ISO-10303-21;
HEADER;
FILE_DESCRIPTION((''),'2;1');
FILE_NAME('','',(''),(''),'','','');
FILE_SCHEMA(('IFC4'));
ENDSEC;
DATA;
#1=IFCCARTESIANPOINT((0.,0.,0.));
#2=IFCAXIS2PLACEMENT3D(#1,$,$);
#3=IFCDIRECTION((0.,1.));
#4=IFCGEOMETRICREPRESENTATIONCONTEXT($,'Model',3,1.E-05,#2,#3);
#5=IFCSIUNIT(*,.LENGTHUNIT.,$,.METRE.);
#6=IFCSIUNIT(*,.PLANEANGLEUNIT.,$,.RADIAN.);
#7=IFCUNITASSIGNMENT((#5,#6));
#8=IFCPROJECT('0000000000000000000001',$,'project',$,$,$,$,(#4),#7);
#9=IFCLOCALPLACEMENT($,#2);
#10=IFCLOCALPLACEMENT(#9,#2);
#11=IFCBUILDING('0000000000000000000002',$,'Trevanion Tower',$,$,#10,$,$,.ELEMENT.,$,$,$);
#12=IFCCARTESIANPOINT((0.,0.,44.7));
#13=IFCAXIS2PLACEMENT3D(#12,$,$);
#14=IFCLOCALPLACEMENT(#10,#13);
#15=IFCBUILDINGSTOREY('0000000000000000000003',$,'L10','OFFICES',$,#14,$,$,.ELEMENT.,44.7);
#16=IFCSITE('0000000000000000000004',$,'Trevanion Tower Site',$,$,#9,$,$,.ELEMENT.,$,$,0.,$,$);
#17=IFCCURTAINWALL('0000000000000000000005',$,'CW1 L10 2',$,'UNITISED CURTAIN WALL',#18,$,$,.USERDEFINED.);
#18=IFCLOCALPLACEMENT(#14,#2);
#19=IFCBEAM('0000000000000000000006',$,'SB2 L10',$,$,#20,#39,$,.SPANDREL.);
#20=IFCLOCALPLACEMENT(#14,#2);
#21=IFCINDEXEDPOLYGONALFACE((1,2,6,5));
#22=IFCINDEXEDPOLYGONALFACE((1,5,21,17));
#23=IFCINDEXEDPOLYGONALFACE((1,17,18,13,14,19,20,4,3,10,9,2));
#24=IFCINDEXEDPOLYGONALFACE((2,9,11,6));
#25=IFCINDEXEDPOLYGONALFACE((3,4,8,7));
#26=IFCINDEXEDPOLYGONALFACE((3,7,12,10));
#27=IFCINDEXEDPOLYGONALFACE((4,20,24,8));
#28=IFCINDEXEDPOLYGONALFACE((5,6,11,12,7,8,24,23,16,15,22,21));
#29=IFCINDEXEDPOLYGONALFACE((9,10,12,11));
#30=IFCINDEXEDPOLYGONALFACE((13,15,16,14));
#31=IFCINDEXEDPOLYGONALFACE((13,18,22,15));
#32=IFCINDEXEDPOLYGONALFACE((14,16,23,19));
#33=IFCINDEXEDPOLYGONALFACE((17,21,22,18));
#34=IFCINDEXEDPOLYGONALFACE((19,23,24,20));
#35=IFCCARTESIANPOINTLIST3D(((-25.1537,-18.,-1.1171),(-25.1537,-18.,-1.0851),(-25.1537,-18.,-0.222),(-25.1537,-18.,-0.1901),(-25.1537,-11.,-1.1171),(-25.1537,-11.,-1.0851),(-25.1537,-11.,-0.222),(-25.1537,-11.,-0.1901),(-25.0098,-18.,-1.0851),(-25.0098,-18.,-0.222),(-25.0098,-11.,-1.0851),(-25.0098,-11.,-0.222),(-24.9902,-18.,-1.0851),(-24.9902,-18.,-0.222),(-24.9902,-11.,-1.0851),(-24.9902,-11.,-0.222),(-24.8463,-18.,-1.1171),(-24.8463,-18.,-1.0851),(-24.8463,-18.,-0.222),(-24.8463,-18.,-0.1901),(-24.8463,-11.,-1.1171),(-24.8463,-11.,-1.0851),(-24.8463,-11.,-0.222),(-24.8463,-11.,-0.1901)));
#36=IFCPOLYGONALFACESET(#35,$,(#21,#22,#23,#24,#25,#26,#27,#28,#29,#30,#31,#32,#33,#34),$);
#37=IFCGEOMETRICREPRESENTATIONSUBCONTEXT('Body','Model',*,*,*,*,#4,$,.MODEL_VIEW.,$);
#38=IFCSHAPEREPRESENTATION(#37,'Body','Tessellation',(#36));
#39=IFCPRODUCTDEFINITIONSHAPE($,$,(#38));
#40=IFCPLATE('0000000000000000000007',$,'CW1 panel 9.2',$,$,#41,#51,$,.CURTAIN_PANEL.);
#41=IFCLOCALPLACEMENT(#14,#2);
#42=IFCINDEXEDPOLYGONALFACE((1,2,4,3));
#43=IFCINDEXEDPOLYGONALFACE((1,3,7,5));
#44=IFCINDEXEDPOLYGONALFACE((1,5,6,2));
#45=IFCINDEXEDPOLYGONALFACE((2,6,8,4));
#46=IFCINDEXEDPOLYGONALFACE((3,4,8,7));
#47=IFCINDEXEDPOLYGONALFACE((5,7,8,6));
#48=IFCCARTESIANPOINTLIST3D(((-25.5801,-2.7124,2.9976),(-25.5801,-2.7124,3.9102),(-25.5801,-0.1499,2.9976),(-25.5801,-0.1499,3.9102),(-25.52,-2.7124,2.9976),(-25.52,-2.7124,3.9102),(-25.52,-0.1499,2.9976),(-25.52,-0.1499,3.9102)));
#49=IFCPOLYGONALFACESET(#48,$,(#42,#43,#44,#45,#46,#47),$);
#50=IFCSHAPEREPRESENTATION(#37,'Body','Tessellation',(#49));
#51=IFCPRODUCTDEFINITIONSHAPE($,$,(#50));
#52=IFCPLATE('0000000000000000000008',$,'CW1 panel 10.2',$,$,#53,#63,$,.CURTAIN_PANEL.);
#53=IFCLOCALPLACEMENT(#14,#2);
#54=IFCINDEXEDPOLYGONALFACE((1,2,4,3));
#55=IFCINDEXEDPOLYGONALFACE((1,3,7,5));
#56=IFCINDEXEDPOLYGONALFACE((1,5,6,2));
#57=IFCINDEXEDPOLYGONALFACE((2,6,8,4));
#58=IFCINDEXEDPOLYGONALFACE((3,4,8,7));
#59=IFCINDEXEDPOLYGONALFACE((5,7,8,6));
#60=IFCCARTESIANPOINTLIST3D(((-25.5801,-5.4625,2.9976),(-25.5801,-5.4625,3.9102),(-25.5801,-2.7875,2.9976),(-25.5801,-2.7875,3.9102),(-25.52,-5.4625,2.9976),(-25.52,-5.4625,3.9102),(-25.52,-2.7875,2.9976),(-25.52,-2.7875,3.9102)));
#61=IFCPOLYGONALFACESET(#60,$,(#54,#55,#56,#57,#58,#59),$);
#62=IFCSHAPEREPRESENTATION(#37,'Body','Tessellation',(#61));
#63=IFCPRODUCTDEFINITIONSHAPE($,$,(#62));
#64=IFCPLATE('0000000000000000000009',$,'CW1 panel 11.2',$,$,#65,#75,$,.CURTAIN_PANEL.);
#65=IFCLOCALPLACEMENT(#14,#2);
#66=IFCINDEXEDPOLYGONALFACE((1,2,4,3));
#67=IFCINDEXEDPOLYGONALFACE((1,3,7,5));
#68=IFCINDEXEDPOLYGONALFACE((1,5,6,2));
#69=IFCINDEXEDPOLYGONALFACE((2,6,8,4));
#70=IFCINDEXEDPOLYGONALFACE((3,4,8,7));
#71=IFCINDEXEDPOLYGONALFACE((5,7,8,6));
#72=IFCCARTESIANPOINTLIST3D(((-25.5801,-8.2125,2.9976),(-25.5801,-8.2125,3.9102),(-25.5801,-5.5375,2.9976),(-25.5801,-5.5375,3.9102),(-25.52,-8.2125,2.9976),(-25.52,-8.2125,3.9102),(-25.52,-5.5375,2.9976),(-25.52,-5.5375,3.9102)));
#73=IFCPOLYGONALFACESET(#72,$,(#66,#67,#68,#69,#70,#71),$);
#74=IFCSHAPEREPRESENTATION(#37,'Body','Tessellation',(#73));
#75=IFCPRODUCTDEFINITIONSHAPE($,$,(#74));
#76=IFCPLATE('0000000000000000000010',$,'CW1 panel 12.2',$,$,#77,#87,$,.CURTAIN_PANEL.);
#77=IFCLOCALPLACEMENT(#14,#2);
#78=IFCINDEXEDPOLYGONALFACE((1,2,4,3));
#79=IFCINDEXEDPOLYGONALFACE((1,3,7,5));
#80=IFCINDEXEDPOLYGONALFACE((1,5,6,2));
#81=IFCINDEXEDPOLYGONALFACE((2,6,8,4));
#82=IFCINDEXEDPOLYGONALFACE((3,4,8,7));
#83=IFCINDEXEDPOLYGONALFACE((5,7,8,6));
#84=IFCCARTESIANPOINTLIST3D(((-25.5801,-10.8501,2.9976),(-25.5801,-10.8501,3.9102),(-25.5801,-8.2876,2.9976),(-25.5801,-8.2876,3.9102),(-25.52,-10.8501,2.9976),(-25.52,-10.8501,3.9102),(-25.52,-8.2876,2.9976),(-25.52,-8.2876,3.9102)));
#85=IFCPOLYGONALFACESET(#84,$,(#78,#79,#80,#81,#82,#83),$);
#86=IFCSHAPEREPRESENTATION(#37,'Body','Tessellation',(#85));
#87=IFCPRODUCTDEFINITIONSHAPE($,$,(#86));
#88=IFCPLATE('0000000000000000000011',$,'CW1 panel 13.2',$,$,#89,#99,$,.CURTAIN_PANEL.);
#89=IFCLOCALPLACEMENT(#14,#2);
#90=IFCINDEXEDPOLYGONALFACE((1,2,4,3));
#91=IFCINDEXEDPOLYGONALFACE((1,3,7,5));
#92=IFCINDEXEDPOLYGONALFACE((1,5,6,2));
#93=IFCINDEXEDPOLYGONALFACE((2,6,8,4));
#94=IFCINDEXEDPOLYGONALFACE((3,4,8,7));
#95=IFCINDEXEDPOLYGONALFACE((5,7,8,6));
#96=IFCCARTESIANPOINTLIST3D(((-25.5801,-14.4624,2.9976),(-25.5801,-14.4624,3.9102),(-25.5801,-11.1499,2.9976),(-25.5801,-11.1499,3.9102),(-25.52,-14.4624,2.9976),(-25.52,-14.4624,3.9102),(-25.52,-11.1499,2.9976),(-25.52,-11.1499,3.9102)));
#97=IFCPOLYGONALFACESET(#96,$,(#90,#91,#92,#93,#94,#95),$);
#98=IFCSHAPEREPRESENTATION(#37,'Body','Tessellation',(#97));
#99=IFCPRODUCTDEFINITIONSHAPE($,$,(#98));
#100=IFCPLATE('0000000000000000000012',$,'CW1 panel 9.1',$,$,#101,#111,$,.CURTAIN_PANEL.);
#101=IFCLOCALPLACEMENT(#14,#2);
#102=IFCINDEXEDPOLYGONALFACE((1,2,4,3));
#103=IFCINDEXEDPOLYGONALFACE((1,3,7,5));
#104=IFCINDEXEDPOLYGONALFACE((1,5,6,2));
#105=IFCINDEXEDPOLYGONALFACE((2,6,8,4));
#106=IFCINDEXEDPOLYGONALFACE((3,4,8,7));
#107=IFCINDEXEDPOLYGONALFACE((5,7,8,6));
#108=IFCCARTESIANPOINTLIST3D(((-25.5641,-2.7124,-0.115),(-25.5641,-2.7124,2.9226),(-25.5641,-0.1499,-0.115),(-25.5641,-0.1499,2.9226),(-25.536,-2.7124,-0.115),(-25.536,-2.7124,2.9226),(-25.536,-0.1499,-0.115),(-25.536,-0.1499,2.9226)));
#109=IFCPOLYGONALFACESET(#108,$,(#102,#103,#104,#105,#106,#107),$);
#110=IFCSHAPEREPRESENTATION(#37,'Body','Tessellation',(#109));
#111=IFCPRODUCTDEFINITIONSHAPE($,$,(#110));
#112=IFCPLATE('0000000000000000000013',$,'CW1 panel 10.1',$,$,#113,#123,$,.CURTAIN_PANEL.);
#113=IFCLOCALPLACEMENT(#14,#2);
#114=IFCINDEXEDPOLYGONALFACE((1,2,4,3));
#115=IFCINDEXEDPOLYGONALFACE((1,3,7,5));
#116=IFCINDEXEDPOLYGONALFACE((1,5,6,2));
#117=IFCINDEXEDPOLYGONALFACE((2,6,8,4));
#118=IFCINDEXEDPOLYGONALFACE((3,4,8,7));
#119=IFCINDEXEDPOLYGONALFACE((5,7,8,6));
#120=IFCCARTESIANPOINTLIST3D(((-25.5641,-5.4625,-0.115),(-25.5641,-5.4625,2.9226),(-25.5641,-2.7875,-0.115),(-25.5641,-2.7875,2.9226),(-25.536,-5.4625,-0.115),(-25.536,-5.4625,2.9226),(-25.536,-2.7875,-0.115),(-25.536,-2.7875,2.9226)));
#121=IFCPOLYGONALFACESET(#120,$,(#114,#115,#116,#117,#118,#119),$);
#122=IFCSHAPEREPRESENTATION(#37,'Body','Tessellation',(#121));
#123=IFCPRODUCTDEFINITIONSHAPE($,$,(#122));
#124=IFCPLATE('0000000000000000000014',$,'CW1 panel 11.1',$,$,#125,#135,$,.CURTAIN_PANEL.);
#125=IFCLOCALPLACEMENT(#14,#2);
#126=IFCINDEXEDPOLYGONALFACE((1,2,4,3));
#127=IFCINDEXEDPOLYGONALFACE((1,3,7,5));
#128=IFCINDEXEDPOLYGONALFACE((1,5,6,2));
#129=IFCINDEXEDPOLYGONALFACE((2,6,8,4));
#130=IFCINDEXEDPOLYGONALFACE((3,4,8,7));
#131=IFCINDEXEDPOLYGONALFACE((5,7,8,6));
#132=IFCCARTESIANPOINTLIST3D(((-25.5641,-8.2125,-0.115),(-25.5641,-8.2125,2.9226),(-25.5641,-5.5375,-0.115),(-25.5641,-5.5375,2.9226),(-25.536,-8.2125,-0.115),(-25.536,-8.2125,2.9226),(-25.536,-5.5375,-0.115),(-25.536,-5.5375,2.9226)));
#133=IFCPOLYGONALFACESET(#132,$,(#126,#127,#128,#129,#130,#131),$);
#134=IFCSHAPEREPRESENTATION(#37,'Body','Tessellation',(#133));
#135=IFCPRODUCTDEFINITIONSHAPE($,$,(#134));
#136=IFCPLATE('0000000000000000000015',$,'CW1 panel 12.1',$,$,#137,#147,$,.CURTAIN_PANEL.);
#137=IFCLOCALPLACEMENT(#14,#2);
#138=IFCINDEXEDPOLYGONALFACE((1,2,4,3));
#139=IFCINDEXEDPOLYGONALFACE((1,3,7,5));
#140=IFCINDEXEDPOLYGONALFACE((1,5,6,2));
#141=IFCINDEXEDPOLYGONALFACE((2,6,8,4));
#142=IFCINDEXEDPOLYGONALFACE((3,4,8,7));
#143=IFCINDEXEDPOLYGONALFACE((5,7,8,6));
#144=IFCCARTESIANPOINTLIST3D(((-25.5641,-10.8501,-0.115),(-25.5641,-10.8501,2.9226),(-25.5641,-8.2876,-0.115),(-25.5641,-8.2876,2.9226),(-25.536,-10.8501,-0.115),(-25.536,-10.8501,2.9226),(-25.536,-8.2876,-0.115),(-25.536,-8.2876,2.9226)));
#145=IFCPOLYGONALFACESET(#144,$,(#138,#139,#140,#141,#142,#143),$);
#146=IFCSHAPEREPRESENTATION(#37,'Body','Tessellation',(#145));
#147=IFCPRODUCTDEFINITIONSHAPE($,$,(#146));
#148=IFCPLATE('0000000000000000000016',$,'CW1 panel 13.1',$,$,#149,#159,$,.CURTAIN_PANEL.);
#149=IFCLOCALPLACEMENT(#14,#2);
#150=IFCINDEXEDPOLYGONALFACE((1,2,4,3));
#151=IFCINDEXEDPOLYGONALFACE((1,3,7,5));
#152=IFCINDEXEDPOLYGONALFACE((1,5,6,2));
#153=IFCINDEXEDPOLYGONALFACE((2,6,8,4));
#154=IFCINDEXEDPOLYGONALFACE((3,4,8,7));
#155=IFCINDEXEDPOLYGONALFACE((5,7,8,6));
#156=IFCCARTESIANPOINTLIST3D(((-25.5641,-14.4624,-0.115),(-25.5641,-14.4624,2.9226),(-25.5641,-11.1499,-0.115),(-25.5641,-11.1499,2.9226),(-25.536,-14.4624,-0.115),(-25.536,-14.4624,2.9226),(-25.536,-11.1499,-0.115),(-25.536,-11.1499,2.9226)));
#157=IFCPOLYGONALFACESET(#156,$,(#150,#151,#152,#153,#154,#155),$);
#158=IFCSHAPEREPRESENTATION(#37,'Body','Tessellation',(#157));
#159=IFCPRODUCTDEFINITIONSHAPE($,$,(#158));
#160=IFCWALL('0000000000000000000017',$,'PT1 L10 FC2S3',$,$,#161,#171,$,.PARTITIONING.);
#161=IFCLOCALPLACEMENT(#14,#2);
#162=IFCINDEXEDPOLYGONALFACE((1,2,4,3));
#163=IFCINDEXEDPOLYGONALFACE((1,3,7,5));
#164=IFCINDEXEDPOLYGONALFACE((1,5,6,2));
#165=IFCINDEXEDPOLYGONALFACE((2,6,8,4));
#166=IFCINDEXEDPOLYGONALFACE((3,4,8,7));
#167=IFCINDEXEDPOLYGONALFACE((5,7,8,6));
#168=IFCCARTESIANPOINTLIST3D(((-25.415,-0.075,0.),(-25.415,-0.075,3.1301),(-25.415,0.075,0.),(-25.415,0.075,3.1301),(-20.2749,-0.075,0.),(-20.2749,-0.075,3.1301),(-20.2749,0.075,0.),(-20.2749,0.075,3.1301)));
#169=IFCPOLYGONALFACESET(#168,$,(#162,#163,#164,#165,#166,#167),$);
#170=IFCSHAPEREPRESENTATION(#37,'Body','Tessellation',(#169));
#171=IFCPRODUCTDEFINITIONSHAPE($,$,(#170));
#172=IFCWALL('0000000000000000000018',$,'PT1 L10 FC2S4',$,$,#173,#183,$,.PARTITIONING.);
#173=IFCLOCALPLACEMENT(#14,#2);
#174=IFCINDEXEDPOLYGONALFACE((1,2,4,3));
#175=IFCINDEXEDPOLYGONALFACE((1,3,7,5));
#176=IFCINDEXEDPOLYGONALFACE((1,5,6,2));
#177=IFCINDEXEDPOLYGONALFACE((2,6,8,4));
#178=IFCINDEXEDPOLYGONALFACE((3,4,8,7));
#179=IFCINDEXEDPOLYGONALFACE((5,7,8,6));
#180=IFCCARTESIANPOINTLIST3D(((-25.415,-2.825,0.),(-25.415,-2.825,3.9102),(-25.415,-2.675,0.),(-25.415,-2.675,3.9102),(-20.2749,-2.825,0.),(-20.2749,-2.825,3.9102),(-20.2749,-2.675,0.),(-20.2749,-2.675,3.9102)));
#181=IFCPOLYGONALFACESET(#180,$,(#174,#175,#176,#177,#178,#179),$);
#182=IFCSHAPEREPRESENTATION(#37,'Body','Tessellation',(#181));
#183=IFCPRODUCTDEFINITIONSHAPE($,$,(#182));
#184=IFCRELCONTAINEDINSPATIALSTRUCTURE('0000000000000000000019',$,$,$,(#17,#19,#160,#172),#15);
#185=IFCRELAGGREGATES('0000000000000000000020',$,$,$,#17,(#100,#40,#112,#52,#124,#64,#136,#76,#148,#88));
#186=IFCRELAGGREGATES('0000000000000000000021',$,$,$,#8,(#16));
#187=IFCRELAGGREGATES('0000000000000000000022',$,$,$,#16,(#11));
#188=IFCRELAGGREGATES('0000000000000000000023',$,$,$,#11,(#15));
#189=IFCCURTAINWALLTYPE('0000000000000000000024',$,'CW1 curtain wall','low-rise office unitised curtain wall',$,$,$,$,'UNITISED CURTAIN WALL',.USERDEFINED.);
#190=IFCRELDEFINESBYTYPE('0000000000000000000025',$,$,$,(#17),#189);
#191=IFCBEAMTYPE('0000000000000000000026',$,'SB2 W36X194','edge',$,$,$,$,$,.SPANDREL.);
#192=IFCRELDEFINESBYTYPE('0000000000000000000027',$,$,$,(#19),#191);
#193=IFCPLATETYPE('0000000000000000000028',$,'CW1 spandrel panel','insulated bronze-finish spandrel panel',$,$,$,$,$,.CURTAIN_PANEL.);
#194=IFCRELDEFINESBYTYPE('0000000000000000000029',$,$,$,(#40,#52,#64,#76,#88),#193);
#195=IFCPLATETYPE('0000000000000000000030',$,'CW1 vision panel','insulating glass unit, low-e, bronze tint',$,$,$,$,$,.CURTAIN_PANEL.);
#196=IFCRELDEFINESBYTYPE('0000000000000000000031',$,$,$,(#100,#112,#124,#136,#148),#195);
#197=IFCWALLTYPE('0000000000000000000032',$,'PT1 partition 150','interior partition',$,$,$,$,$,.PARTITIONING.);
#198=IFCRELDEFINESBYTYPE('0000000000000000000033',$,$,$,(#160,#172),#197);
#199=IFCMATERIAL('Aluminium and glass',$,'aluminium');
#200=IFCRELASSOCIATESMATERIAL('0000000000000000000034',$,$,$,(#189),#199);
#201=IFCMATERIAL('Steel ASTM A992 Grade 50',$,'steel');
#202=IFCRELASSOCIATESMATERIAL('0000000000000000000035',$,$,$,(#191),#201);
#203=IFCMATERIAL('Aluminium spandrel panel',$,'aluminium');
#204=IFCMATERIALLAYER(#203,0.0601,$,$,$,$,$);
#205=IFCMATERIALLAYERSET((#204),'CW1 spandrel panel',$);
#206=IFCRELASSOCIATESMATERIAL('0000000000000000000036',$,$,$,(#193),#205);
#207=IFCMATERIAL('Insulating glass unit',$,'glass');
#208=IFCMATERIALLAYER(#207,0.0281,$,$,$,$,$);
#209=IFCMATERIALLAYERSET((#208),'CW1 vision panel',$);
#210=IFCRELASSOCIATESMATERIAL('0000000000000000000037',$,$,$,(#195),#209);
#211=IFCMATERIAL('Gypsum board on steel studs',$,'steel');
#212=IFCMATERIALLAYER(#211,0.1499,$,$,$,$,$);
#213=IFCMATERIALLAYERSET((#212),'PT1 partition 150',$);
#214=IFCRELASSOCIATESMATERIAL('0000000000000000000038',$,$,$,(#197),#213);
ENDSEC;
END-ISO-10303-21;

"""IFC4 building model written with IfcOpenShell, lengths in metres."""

from ifc_helpers import new_model, si_unit, direction, frame, frame_2d, origin, origin_2d, place, context, subcontext, project, spatial, rectangle, i_section, extrude, material, layer, layer_set, material_profile, profile_set, type_object, element, aggregate, save


model = new_model("IFC4")

# Units and contexts
model_context = context("Model", 3, precision=1e-05, world=origin(), true_north=direction((0.0, 1.0)))
body_context = subcontext(model_context, "Body", "Model", "MODEL_VIEW")
ifc_project = project(units=[si_unit("LENGTHUNIT", "METRE"), si_unit("PLANEANGLEUNIT", "RADIAN")], contexts=[model_context])

# Site, building, storey
site_placement = place(None, origin())
site = spatial("IfcSite", under=ifc_project, at=site_placement, Name="Trevanion Tower Site", CompositionType="ELEMENT", RefElevation=0.0)
building_placement = place(site_placement, origin())
building = spatial("IfcBuilding", under=site, at=building_placement, Name="Trevanion Tower", CompositionType="ELEMENT")
storey_placement = place(building_placement, frame((0.0, 0.0, 44.7)))
storey = spatial("IfcBuildingStorey", under=building, at=storey_placement, Name="L10", Description="OFFICES", CompositionType="ELEMENT", Elevation=44.7)

# Curtain wall
ifc_material_1 = material(Name="Aluminium and glass", Category="aluminium")
curtain_wall_type = type_object("IfcCurtainWallType", Name="CW1 curtain wall", Description="low-rise office unitised curtain wall", ElementType="UNITISED CURTAIN WALL", PredefinedType="USERDEFINED", material=ifc_material_1)
curtain_wall_placement = place(storey_placement, origin())
curtain_wall = element("IfcCurtainWall", 1, at=curtain_wall_placement, inside=storey, type_object=curtain_wall_type, Name="CW1 L10 2", ObjectType="UNITISED CURTAIN WALL", PredefinedType="USERDEFINED")

# Beam
ifc_material_2 = material(Name="Steel ASTM A992 Grade 50", Category="steel")
ifc_material_profile_1 = material_profile(ifc_material_2, i_section(OverallWidth=0.3074, OverallDepth=0.927, WebThickness=0.0195, FlangeThickness=0.032, at=origin_2d()), Name="W36X194")
ifc_profile_set_1 = profile_set([ifc_material_profile_1], Name="Steel ASTM A992 Grade 50")
beam_type_1 = type_object("IfcBeamType", Name="SB2 W36X194", Description="edge", PredefinedType="SPANDREL", material=ifc_profile_set_1)
beam_1_placement = place(storey_placement, frame((-25.0, -11.0, -0.6536), z_axis=(0.0, -1.0, 0.0), x_axis=(1.0, 0.0, 0.0)))
element("IfcBeam", 2, at=beam_1_placement, inside=storey, type_object=beam_type_1, Name="SB2 L10", PredefinedType="SPANDREL", context=body_context, shape_type="SweptSolid", body=[
    extrude(i_section(OverallWidth=0.3074, OverallDepth=0.927, WebThickness=0.0195, FlangeThickness=0.032, at=origin_2d()), origin(), (0.0, 0.0, 1.0), 7.0),
])

# Plates
ifc_material_3 = material(Name="Aluminium spandrel panel", Category="aluminium")
ifc_layer_1 = layer(ifc_material_3, 0.0601)
ifc_layer_set_1 = layer_set([ifc_layer_1], Name="CW1 spandrel panel")
plate_type_1 = type_object("IfcPlateType", Name="CW1 spandrel panel", Description="insulated bronze-finish spandrel panel", PredefinedType="CURTAIN_PANEL", material=ifc_layer_set_1)
plate_1_placement = place(storey_placement, frame((-25.55, -1.4312, 2.9976), z_axis=(0.0, 0.0, 1.0), x_axis=(0.0, -1.0, 0.0)))
plate_1 = element("IfcPlate", 3, at=plate_1_placement, type_object=plate_type_1, Name="CW1 panel 9.2", PredefinedType="CURTAIN_PANEL", context=body_context, shape_type="SweptSolid", body=[
    extrude(rectangle(XDim=2.5625, YDim=0.0601, at=origin_2d()), origin(), (0.0, 0.0, 1.0), 0.9126),
])
plate_2_placement = place(storey_placement, frame((-25.55, -4.125, 2.9976), z_axis=(0.0, 0.0, 1.0), x_axis=(0.0, -1.0, 0.0)))
plate_2 = element("IfcPlate", 4, at=plate_2_placement, type_object=plate_type_1, Name="CW1 panel 10.2", PredefinedType="CURTAIN_PANEL", context=body_context, shape_type="SweptSolid", body=[
    extrude(rectangle(XDim=2.675, YDim=0.0601, at=origin_2d()), origin(), (0.0, 0.0, 1.0), 0.9126),
])
plate_3_placement = place(storey_placement, frame((-25.55, -6.875, 2.9976), z_axis=(0.0, 0.0, 1.0), x_axis=(0.0, -1.0, 0.0)))
plate_3 = element("IfcPlate", 5, at=plate_3_placement, type_object=plate_type_1, Name="CW1 panel 11.2", PredefinedType="CURTAIN_PANEL", context=body_context, shape_type="SweptSolid", body=[
    extrude(rectangle(XDim=2.675, YDim=0.0601, at=origin_2d()), origin(), (0.0, 0.0, 1.0), 0.9126),
])
plate_4_placement = place(storey_placement, frame((-25.55, -9.5688, 2.9976), z_axis=(0.0, 0.0, 1.0), x_axis=(0.0, -1.0, 0.0)))
plate_4 = element("IfcPlate", 6, at=plate_4_placement, type_object=plate_type_1, Name="CW1 panel 12.2", PredefinedType="CURTAIN_PANEL", context=body_context, shape_type="SweptSolid", body=[
    extrude(rectangle(XDim=2.5625, YDim=0.0601, at=origin_2d()), origin(), (0.0, 0.0, 1.0), 0.9126),
])
plate_5_placement = place(storey_placement, frame((-25.55, -12.8062, 2.9976), z_axis=(0.0, 0.0, 1.0), x_axis=(0.0, -1.0, 0.0)))
plate_5 = element("IfcPlate", 7, at=plate_5_placement, type_object=plate_type_1, Name="CW1 panel 13.2", PredefinedType="CURTAIN_PANEL", context=body_context, shape_type="SweptSolid", body=[
    extrude(rectangle(XDim=3.3125, YDim=0.0601, at=origin_2d()), origin(), (0.0, 0.0, 1.0), 0.9126),
])
ifc_material_4 = material(Name="Insulating glass unit", Category="glass")
ifc_layer_2 = layer(ifc_material_4, 0.0281)
ifc_layer_set_2 = layer_set([ifc_layer_2], Name="CW1 vision panel")
plate_type_2 = type_object("IfcPlateType", Name="CW1 vision panel", Description="insulating glass unit, low-e, bronze tint", PredefinedType="CURTAIN_PANEL", material=ifc_layer_set_2)
plate_6_placement = place(storey_placement, frame((-25.55, -1.4312, -0.115), z_axis=(0.0, 0.0, 1.0), x_axis=(0.0, -1.0, 0.0)))
plate_6 = element("IfcPlate", 8, at=plate_6_placement, type_object=plate_type_2, Name="CW1 panel 9.1", PredefinedType="CURTAIN_PANEL", context=body_context, shape_type="SweptSolid", body=[
    extrude(rectangle(XDim=2.5625, YDim=0.0281, at=origin_2d()), origin(), (0.0, 0.0, 1.0), 3.0376),
])
plate_7_placement = place(storey_placement, frame((-25.55, -4.125, -0.115), z_axis=(0.0, 0.0, 1.0), x_axis=(0.0, -1.0, 0.0)))
plate_7 = element("IfcPlate", 9, at=plate_7_placement, type_object=plate_type_2, Name="CW1 panel 10.1", PredefinedType="CURTAIN_PANEL", context=body_context, shape_type="SweptSolid", body=[
    extrude(rectangle(XDim=2.675, YDim=0.0281, at=origin_2d()), origin(), (0.0, 0.0, 1.0), 3.0376),
])
plate_8_placement = place(storey_placement, frame((-25.55, -6.875, -0.115), z_axis=(0.0, 0.0, 1.0), x_axis=(0.0, -1.0, 0.0)))
plate_8 = element("IfcPlate", 10, at=plate_8_placement, type_object=plate_type_2, Name="CW1 panel 11.1", PredefinedType="CURTAIN_PANEL", context=body_context, shape_type="SweptSolid", body=[
    extrude(rectangle(XDim=2.675, YDim=0.0281, at=origin_2d()), origin(), (0.0, 0.0, 1.0), 3.0376),
])
plate_9_placement = place(storey_placement, frame((-25.55, -9.5688, -0.115), z_axis=(0.0, 0.0, 1.0), x_axis=(0.0, -1.0, 0.0)))
plate_9 = element("IfcPlate", 11, at=plate_9_placement, type_object=plate_type_2, Name="CW1 panel 12.1", PredefinedType="CURTAIN_PANEL", context=body_context, shape_type="SweptSolid", body=[
    extrude(rectangle(XDim=2.5625, YDim=0.0281, at=origin_2d()), origin(), (0.0, 0.0, 1.0), 3.0376),
])
plate_10_placement = place(storey_placement, frame((-25.55, -12.8062, -0.115), z_axis=(0.0, 0.0, 1.0), x_axis=(0.0, -1.0, 0.0)))
plate_10 = element("IfcPlate", 12, at=plate_10_placement, type_object=plate_type_2, Name="CW1 panel 13.1", PredefinedType="CURTAIN_PANEL", context=body_context, shape_type="SweptSolid", body=[
    extrude(rectangle(XDim=3.3125, YDim=0.0281, at=origin_2d()), origin(), (0.0, 0.0, 1.0), 3.0376),
])
aggregate(curtain_wall, [plate_6, plate_1, plate_7, plate_2, plate_8, plate_3, plate_9, plate_4, plate_10, plate_5])

# Walls
ifc_material_5 = material(Name="Gypsum board on steel studs", Category="steel")
ifc_layer_3 = layer(ifc_material_5, 0.1499)
ifc_layer_set_3 = layer_set([ifc_layer_3], Name="PT1 partition 150")
wall_type_1 = type_object("IfcWallType", Name="PT1 partition 150", Description="interior partition", PredefinedType="PARTITIONING", material=ifc_layer_set_3)
wall_1_placement = place(storey_placement, frame((-20.2749, 0.0, 0.0), z_axis=(0.0, 0.0, 1.0), x_axis=(-1.0, 0.0, 0.0)))
element("IfcWall", 13, at=wall_1_placement, inside=storey, type_object=wall_type_1, Name="PT1 L10 FC2S3", PredefinedType="PARTITIONING", context=body_context, shape_type="SweptSolid", body=[
    extrude(rectangle(XDim=5.1401, YDim=0.1499, at=frame_2d((2.5701, 0.0))), origin(), (0.0, 0.0, 1.0), 3.1301),
])
wall_2_placement = place(storey_placement, frame((-20.2749, -2.75, 0.0), z_axis=(0.0, 0.0, 1.0), x_axis=(-1.0, 0.0, 0.0)))
element("IfcWall", 14, at=wall_2_placement, inside=storey, type_object=wall_type_1, Name="PT1 L10 FC2S4", PredefinedType="PARTITIONING", context=body_context, shape_type="SweptSolid", body=[
    extrude(rectangle(XDim=5.1401, YDim=0.1499, at=frame_2d((2.5701, 0.0))), origin(), (0.0, 0.0, 1.0), 3.9102),
])

save(model, "model.ifc")
